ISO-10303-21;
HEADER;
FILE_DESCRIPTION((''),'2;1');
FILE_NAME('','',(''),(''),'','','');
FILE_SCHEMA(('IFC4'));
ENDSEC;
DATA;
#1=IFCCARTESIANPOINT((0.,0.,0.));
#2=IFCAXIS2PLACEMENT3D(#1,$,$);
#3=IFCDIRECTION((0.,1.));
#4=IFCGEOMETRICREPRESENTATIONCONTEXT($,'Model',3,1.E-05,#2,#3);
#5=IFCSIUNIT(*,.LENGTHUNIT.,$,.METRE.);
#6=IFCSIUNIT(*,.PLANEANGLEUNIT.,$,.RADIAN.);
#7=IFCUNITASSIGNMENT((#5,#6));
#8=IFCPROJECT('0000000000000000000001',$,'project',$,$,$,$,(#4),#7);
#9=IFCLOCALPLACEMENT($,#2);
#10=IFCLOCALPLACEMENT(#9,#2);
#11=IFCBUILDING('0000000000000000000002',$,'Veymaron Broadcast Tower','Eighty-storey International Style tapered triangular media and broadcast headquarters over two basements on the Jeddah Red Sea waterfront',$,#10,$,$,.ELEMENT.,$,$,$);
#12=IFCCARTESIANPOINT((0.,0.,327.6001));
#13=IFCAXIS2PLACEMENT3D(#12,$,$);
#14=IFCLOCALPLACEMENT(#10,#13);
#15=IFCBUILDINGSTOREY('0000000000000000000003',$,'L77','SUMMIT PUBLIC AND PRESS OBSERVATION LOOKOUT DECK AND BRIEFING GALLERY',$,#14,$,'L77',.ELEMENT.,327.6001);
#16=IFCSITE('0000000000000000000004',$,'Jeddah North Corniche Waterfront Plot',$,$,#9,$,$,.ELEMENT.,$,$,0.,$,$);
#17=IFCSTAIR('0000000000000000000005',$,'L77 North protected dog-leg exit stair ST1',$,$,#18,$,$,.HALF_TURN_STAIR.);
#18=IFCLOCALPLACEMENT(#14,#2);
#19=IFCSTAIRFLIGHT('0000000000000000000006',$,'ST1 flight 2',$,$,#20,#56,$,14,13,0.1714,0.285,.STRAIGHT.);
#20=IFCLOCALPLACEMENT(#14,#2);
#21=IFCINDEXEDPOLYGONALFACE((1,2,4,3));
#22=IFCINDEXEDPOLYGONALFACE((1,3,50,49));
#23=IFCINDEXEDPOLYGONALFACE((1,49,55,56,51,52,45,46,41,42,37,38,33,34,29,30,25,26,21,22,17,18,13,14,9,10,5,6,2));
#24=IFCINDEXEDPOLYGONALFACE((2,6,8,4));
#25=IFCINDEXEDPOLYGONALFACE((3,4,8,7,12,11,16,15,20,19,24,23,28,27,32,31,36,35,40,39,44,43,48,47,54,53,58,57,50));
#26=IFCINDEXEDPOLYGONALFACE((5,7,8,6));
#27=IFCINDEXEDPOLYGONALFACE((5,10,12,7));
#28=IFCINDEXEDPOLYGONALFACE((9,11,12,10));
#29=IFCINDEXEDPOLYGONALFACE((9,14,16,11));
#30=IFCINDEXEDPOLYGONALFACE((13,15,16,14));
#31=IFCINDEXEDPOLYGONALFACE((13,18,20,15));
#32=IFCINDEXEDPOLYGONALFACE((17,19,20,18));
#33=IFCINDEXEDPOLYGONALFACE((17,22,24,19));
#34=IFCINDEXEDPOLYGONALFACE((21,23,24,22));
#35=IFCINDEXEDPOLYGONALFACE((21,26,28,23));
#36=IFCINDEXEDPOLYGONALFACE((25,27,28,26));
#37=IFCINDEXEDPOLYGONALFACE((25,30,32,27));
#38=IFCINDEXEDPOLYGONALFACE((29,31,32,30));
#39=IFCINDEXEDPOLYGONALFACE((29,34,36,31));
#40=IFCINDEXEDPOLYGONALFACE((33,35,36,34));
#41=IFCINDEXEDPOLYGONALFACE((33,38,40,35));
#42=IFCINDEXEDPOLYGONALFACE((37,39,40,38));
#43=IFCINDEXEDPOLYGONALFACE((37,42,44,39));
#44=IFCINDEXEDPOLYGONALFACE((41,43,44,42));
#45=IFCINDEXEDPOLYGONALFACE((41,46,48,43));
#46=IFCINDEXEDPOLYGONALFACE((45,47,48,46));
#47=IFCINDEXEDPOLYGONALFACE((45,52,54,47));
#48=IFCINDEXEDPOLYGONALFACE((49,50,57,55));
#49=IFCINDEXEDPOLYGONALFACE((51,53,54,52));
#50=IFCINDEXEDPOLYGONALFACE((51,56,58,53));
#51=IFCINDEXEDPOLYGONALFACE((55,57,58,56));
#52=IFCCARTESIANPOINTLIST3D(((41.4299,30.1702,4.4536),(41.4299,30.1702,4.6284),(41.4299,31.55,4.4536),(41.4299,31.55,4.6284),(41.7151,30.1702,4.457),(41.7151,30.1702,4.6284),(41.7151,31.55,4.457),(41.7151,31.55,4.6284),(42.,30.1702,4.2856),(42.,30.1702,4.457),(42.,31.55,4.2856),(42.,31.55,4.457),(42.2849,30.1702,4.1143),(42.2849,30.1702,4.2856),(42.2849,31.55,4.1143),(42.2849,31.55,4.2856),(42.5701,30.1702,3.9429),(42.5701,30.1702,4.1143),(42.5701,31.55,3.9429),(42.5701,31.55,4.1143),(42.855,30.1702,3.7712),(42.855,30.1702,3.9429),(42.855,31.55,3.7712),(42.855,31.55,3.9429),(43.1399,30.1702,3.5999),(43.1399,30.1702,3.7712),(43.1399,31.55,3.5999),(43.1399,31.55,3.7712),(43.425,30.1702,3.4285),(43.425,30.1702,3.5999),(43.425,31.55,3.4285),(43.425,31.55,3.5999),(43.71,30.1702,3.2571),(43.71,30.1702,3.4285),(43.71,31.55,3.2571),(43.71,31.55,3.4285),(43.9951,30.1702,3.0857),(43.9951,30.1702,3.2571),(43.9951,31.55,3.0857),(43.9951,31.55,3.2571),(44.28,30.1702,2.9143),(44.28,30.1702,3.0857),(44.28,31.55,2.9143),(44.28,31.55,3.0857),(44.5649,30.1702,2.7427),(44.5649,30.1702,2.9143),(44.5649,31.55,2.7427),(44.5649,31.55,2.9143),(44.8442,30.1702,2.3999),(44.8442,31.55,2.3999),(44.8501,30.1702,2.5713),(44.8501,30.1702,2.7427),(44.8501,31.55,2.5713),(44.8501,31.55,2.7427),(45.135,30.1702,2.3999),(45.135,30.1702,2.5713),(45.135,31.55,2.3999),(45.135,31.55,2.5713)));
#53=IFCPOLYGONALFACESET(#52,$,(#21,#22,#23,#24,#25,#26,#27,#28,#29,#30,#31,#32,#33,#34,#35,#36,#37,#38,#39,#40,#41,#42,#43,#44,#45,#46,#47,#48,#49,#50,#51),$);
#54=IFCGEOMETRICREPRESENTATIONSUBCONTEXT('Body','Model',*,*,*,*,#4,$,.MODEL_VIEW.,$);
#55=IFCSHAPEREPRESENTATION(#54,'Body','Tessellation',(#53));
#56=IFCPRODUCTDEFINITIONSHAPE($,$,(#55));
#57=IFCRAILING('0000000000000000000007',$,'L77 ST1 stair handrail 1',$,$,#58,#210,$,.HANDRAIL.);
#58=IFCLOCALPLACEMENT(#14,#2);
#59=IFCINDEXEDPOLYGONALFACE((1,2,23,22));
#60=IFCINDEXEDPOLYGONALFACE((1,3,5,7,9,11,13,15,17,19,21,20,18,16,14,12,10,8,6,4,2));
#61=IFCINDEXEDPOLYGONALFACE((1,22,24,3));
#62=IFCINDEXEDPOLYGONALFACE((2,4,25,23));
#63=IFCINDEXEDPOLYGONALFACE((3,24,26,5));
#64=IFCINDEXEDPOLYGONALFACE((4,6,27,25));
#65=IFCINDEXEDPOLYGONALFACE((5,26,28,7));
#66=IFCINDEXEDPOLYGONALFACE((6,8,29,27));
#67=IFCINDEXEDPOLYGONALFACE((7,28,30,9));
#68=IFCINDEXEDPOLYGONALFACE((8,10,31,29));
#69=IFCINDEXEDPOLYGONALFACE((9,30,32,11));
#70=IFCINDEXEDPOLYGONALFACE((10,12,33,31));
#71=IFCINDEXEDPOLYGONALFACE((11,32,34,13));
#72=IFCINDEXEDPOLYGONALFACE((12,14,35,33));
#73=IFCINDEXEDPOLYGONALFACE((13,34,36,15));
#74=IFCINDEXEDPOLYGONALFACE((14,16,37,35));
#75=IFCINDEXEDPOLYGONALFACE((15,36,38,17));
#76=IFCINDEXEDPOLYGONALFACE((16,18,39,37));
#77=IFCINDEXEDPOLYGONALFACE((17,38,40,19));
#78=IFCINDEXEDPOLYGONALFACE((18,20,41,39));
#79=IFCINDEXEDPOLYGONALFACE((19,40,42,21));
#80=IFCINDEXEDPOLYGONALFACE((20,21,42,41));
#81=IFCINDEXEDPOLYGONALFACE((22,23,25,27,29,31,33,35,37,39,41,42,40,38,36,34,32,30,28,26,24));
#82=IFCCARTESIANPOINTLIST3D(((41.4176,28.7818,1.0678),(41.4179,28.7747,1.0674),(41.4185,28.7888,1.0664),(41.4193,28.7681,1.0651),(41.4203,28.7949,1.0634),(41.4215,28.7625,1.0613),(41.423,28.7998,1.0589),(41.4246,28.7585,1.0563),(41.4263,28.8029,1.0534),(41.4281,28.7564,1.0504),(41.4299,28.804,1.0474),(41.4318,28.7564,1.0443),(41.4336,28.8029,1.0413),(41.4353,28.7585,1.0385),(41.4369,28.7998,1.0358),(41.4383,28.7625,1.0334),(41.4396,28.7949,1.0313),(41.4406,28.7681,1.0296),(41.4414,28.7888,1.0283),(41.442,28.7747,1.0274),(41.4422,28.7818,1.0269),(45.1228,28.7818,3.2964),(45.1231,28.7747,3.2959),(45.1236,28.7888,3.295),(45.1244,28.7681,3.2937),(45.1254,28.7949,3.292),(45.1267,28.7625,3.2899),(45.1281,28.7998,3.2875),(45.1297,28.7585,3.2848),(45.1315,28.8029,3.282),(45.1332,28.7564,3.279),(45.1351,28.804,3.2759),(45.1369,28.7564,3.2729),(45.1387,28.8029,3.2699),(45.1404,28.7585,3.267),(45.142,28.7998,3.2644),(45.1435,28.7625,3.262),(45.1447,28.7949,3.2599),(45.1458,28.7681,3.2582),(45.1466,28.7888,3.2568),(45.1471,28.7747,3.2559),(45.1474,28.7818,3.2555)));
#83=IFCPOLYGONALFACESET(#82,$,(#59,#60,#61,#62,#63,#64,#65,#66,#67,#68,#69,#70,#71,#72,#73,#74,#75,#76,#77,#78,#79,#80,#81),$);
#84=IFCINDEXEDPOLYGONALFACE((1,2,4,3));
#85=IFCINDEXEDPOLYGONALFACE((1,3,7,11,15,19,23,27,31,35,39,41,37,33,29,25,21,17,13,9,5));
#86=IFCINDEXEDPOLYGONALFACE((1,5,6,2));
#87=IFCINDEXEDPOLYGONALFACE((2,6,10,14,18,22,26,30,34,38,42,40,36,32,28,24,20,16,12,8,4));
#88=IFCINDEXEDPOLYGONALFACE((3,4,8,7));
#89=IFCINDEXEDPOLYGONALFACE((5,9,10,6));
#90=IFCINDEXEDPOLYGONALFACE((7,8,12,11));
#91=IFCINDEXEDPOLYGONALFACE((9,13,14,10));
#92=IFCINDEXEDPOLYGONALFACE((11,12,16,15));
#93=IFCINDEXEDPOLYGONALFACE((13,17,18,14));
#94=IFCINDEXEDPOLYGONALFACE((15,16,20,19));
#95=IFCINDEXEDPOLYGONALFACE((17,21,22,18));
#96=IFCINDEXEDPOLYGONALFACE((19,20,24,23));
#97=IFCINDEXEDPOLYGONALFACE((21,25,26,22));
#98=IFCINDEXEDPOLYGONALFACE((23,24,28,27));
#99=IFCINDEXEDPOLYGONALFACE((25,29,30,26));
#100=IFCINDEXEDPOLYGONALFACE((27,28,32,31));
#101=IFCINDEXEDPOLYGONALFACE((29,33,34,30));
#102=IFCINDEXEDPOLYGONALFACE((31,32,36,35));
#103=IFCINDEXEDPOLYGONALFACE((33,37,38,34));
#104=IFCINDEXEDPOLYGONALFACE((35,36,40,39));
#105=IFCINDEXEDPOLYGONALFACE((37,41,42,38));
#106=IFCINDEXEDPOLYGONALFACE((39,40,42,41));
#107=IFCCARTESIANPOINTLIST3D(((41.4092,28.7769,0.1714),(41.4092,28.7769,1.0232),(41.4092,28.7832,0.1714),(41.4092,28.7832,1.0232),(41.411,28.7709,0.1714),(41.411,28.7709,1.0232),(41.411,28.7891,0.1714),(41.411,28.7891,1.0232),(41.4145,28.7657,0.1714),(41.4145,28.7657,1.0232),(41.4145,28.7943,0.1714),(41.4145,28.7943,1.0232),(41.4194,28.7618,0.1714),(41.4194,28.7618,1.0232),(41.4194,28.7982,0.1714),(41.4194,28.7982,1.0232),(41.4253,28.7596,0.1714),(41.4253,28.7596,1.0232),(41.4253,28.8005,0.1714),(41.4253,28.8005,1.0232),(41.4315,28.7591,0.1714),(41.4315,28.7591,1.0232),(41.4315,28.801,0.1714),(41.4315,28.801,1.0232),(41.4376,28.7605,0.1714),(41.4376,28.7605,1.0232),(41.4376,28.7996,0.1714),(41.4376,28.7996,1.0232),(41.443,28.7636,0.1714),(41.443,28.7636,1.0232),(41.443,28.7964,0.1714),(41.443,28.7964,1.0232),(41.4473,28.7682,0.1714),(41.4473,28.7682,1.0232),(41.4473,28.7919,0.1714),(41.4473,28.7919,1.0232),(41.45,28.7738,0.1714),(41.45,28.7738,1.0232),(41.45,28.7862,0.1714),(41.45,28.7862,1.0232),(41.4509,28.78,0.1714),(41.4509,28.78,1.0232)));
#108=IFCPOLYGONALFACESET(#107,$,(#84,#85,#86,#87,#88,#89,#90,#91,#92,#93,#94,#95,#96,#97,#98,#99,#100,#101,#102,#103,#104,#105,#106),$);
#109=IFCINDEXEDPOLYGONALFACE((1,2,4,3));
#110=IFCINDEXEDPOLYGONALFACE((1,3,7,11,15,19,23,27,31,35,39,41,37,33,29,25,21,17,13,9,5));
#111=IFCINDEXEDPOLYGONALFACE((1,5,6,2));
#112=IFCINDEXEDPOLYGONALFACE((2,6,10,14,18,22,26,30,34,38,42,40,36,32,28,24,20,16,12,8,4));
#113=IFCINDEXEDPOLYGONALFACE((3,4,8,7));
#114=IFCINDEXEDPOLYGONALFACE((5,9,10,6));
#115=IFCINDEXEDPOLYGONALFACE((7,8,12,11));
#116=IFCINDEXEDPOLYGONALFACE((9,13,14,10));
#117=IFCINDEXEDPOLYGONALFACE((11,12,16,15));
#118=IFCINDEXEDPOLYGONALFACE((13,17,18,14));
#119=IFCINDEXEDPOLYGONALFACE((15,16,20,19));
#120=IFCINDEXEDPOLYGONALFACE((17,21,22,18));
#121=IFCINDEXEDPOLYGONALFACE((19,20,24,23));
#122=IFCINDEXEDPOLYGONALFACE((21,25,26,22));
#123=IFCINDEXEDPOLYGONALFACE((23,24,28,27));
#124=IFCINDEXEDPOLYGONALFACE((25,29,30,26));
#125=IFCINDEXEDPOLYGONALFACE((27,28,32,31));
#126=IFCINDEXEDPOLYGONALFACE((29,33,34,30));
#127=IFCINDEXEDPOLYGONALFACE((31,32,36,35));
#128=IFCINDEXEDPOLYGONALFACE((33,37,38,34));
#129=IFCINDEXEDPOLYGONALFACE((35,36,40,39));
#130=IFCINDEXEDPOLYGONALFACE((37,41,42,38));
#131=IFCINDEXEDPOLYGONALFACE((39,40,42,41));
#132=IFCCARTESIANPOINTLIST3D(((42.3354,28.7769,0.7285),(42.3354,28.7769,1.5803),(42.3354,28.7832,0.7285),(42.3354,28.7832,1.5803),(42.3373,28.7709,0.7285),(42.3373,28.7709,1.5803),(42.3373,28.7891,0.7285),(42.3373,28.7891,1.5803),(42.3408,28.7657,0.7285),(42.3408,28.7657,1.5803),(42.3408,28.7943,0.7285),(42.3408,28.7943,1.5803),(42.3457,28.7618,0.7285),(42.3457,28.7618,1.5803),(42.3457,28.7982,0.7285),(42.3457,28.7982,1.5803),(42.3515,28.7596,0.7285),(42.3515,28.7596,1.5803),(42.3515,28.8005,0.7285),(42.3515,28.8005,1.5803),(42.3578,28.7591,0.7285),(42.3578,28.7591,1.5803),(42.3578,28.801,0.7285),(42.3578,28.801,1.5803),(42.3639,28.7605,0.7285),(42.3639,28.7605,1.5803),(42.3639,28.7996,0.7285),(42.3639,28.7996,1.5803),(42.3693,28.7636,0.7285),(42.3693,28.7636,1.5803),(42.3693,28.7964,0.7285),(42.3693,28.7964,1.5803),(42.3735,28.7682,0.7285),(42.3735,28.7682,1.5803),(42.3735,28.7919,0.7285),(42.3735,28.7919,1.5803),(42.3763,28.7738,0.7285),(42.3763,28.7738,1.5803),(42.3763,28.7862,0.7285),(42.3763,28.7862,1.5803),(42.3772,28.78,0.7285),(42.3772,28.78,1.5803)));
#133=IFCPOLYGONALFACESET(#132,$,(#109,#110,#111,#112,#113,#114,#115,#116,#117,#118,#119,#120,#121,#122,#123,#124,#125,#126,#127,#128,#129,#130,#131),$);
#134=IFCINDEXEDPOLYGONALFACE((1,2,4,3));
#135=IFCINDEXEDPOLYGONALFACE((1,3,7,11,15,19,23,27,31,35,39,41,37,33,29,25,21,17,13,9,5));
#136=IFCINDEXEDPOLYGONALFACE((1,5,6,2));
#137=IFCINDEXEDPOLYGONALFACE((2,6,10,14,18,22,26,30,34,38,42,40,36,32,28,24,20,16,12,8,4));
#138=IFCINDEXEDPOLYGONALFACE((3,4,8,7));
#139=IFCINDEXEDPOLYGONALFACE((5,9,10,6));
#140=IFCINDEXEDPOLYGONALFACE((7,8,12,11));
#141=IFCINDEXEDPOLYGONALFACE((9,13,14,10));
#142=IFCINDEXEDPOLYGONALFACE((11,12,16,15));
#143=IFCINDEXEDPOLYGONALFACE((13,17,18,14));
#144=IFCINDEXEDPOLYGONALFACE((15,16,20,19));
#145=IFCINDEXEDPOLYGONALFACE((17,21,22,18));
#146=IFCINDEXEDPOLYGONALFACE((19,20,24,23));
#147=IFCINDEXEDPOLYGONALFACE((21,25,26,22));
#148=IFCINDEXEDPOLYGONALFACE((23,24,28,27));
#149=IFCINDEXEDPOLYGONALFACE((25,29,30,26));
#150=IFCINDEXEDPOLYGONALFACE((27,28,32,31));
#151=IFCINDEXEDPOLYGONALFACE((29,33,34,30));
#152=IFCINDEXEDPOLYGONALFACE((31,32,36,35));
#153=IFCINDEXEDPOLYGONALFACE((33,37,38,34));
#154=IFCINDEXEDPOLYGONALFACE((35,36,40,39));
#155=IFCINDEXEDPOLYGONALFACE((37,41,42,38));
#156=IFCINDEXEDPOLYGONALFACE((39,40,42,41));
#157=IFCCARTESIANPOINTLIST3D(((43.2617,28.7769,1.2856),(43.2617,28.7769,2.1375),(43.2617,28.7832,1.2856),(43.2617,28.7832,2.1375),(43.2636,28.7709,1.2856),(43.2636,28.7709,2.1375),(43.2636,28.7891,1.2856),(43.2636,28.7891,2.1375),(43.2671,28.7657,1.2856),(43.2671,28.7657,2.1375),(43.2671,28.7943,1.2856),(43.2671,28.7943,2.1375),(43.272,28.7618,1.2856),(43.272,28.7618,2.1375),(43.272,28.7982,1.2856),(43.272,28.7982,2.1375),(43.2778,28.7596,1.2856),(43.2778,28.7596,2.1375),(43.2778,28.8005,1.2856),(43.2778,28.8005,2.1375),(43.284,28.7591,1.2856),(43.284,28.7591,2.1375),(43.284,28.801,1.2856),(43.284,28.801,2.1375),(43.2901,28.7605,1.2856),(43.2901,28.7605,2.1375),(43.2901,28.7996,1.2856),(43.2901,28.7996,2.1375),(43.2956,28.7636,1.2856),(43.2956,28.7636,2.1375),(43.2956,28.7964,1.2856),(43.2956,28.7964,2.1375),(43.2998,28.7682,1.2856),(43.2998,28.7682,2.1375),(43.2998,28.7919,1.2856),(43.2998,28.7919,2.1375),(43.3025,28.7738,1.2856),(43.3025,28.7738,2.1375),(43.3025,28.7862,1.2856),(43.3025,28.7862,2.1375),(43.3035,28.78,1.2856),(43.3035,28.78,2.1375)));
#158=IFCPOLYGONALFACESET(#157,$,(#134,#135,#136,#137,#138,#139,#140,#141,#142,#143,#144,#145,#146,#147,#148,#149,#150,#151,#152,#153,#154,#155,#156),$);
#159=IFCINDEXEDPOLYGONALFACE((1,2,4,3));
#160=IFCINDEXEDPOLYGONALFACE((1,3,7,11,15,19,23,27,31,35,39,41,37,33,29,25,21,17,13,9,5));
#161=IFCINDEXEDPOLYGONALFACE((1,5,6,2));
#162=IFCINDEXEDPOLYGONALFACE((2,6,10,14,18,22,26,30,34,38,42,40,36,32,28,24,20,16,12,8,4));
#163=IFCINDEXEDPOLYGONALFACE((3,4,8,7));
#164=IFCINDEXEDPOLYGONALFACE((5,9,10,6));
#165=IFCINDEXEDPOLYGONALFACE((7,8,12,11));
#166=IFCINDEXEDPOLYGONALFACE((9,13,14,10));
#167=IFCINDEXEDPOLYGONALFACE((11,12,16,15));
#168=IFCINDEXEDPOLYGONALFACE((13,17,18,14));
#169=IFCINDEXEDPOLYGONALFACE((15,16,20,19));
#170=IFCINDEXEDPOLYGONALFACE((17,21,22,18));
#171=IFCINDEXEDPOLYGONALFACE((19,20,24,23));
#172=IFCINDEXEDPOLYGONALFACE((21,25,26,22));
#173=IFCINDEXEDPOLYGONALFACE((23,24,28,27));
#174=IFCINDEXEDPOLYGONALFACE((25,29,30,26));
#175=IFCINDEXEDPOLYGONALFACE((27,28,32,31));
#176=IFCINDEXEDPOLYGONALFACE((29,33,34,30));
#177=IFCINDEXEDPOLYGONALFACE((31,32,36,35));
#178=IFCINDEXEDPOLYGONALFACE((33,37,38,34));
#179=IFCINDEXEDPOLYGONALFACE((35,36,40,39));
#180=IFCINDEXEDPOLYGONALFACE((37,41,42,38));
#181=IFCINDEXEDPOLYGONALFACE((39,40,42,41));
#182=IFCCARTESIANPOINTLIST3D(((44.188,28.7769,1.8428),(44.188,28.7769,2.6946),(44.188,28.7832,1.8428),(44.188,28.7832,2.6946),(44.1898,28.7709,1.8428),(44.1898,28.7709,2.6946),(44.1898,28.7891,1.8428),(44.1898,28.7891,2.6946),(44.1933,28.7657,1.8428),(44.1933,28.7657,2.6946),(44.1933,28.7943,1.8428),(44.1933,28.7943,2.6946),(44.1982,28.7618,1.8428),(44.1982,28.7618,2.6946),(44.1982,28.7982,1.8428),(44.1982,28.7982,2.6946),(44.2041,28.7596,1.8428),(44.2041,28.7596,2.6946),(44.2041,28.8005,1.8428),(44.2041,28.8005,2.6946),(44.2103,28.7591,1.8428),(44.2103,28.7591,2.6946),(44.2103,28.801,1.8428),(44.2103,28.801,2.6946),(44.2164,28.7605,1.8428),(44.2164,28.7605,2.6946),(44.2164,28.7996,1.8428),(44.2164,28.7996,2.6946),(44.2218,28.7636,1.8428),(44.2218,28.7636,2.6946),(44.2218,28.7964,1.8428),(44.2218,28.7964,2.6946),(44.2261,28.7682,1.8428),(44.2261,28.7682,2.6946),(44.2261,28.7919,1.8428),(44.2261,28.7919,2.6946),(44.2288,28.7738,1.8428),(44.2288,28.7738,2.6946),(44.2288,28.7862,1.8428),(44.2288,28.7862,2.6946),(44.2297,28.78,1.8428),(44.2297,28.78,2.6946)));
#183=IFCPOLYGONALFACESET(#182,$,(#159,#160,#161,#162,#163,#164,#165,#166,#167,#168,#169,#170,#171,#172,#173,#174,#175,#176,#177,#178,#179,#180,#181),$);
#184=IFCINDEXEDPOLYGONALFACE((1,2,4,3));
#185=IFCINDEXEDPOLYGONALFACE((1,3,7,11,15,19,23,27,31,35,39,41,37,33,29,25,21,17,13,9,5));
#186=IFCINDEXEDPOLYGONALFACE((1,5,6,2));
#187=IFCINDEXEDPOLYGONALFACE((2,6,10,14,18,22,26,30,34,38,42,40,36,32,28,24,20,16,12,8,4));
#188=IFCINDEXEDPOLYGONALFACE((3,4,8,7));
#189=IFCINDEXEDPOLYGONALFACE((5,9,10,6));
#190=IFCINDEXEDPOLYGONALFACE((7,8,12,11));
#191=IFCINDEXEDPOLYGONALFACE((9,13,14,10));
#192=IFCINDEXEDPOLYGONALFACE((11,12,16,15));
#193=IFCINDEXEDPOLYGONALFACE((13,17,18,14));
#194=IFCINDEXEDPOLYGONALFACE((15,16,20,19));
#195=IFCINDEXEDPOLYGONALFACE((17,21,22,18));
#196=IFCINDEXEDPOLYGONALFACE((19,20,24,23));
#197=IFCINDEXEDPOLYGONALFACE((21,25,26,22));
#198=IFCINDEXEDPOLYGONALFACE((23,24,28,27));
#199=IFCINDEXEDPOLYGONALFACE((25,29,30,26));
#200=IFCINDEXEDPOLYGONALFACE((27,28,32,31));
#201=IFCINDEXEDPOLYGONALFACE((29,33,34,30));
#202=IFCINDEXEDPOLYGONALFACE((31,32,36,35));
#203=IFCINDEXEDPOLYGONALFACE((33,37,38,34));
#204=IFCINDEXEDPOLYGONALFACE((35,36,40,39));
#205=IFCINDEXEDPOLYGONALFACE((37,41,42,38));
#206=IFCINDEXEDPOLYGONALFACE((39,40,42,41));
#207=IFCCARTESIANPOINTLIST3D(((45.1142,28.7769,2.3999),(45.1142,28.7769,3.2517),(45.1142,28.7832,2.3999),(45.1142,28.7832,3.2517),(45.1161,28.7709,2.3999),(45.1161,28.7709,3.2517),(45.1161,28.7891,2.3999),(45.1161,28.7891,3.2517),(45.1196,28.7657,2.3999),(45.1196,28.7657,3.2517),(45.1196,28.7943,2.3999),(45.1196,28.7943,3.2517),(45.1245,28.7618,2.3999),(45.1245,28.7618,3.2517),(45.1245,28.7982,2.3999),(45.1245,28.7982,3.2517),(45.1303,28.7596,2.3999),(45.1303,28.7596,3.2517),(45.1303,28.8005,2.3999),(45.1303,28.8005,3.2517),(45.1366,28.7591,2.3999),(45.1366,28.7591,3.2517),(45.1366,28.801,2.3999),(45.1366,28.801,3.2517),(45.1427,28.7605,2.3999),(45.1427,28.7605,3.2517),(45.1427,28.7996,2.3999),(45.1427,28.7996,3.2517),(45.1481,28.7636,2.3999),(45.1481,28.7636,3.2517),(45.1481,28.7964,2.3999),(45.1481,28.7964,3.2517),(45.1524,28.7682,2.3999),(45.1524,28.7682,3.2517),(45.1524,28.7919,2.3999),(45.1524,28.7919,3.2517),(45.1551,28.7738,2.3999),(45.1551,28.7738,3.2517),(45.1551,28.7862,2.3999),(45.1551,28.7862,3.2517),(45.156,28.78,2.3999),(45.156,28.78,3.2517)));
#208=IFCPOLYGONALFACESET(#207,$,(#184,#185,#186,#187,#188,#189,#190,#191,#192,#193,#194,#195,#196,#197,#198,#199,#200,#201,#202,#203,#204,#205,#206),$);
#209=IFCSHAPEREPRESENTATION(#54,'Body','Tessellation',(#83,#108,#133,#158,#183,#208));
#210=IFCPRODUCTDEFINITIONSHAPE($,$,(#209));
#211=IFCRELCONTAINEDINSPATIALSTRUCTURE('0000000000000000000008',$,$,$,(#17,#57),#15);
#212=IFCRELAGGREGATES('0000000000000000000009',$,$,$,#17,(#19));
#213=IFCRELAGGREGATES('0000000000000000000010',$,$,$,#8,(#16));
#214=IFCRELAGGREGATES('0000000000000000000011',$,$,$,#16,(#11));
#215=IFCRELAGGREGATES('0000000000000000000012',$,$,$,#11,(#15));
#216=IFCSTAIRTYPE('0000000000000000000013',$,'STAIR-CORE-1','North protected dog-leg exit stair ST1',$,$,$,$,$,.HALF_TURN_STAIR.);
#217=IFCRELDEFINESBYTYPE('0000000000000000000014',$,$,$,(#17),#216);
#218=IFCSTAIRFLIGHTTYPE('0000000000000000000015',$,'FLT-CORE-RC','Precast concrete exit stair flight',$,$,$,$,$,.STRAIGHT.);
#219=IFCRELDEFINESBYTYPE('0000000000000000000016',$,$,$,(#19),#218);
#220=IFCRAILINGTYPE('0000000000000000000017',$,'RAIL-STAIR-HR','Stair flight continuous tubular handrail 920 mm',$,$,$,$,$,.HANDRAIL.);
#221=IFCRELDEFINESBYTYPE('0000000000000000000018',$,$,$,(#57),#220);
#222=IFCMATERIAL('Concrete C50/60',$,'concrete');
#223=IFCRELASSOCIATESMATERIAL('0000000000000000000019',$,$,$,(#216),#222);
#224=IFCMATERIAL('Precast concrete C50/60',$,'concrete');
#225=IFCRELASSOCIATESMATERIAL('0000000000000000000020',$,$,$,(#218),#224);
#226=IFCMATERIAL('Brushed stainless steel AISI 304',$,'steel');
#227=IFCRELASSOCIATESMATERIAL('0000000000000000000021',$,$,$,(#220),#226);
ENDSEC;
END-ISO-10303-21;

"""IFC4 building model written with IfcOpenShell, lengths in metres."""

from ifc_helpers import new_model, si_unit, direction, frame, origin, origin_2d, place, context, subcontext, project, spatial, polyline, circle, outline, extrude, material, type_object, element, aggregate, save


model = new_model("IFC4")

# Units and contexts
model_context = context("Model", 3, precision=1e-05, world=origin(), true_north=direction((0.0, 1.0)))
body_context = subcontext(model_context, "Body", "Model", "MODEL_VIEW")
ifc_project = project(units=[si_unit("LENGTHUNIT", "METRE"), si_unit("PLANEANGLEUNIT", "RADIAN")], contexts=[model_context])

# Site, building, storey
site_placement = place(None, origin())
site = spatial("IfcSite", under=ifc_project, at=site_placement, Name="Jeddah North Corniche Waterfront Plot", CompositionType="ELEMENT", RefElevation=0.0)
building_placement = place(site_placement, origin())
building = spatial("IfcBuilding", under=site, at=building_placement, Name="Veymaron Broadcast Tower", Description="Eighty-storey International Style tapered triangular media and broadcast headquarters over two basements on the Jeddah Red Sea waterfront", CompositionType="ELEMENT")
storey_placement = place(building_placement, frame((0.0, 0.0, 327.6001)))
storey = spatial("IfcBuildingStorey", under=building, at=storey_placement, Name="L77", Description="SUMMIT PUBLIC AND PRESS OBSERVATION LOOKOUT DECK AND BRIEFING GALLERY", LongName="L77", CompositionType="ELEMENT", Elevation=327.6001)

# Shared definitions
ifc_material_1 = material(Name="Concrete C50/60", Category="concrete")

# Stair, stair flight
stair_type = type_object("IfcStairType", Name="STAIR-CORE-1", Description="North protected dog-leg exit stair ST1", PredefinedType="HALF_TURN_STAIR", material=ifc_material_1)
stair_placement = place(storey_placement, origin())
stair = element("IfcStair", 1, at=stair_placement, inside=storey, type_object=stair_type, Name="L77 North protected dog-leg exit stair ST1", PredefinedType="HALF_TURN_STAIR")
ifc_material_2 = material(Name="Precast concrete C50/60", Category="concrete")
stair_flight_type = type_object("IfcStairFlightType", Name="FLT-CORE-RC", Description="Precast concrete exit stair flight", PredefinedType="STRAIGHT", material=ifc_material_2)
stair_flight_1_placement = place(storey_placement, frame((45.135, 30.8601, 2.3999), z_axis=(0.0, 0.0, 1.0), x_axis=(-1.0, 0.0, 0.0)))
stair_flight_1 = element("IfcStairFlight", 2, at=stair_flight_1_placement, type_object=stair_flight_type, Name="ST1 flight 2", NumberOfRisers=14, NumberOfTreads=13, PredefinedType="STRAIGHT", RiserHeight=0.1714, TreadLength=0.285, context=body_context, shape_type="SweptSolid", body=[
    extrude(outline(polyline([(0.0, 0.0), (0.0, 0.1714), (0.2849, 0.1714), (0.2849, 0.3428), (0.5701, 0.3428), (0.5701, 0.5144), (0.855, 0.5144), (0.855, 0.6858), (1.1399, 0.6858), (1.1399, 0.8572), (1.425, 0.8572), (1.425, 1.0286), (1.71, 1.0286), (1.71, 1.2), (1.9951, 1.2), (1.9951, 1.3713), (2.28, 1.3713), (2.28, 1.543), (2.5649, 1.543), (2.5649, 1.7144), (2.8501, 1.7144), (2.8501, 1.8857), (3.135, 1.8857), (3.135, 2.0571), (3.4199, 2.0571), (3.4199, 2.2285), (3.7051, 2.2285), (3.7051, 2.3999), (3.7051, 2.0537), (0.2908, 0.0), (0.0, 0.0)])), frame((0.0, 0.6899, 0.0), z_axis=(0.0, -1.0, 0.0), x_axis=(1.0, 0.0, 0.0)), (0.0, 0.0, 1.0), 1.3799),
])
aggregate(stair, [stair_flight_1])

# Railing
ifc_material_3 = material(Name="Brushed stainless steel AISI 304", Category="steel")
railing_type_1 = type_object("IfcRailingType", Name="RAIL-STAIR-HR", Description="Stair flight continuous tubular handrail 920 mm", PredefinedType="HANDRAIL", material=ifc_material_3)
railing_1_placement = place(storey_placement, frame((41.4299, 28.78, 0.1714)))
element("IfcRailing", 3, at=railing_1_placement, inside=storey, type_object=railing_type_1, Name="L77 ST1 stair handrail 1", PredefinedType="HANDRAIL", context=body_context, shape_type="SweptSolid", body=[
    extrude(circle(Radius=0.0239, at=origin_2d()), frame((0.0, 0.0, 0.876), z_axis=(0.856934, 0.0, 0.515425), x_axis=(0.0, 1.0, 0.0)), (0.0, 0.0, 1.0), 4.3237),
    extrude(circle(Radius=0.021, at=origin_2d()), origin(), (0.0, 0.0, 1.0), 0.8518),
    extrude(circle(Radius=0.021, at=origin_2d()), frame((0.9263, 0.0, 0.5571)), (0.0, 0.0, 1.0), 0.8518),
    extrude(circle(Radius=0.021, at=origin_2d()), frame((1.8525, 0.0, 1.1143)), (0.0, 0.0, 1.0), 0.8518),
    extrude(circle(Radius=0.021, at=origin_2d()), frame((2.7788, 0.0, 1.6714)), (0.0, 0.0, 1.0), 0.8518),
    extrude(circle(Radius=0.021, at=origin_2d()), frame((3.7051, 0.0, 2.2285)), (0.0, 0.0, 1.0), 0.8518),
])

save(model, "model.ifc")
